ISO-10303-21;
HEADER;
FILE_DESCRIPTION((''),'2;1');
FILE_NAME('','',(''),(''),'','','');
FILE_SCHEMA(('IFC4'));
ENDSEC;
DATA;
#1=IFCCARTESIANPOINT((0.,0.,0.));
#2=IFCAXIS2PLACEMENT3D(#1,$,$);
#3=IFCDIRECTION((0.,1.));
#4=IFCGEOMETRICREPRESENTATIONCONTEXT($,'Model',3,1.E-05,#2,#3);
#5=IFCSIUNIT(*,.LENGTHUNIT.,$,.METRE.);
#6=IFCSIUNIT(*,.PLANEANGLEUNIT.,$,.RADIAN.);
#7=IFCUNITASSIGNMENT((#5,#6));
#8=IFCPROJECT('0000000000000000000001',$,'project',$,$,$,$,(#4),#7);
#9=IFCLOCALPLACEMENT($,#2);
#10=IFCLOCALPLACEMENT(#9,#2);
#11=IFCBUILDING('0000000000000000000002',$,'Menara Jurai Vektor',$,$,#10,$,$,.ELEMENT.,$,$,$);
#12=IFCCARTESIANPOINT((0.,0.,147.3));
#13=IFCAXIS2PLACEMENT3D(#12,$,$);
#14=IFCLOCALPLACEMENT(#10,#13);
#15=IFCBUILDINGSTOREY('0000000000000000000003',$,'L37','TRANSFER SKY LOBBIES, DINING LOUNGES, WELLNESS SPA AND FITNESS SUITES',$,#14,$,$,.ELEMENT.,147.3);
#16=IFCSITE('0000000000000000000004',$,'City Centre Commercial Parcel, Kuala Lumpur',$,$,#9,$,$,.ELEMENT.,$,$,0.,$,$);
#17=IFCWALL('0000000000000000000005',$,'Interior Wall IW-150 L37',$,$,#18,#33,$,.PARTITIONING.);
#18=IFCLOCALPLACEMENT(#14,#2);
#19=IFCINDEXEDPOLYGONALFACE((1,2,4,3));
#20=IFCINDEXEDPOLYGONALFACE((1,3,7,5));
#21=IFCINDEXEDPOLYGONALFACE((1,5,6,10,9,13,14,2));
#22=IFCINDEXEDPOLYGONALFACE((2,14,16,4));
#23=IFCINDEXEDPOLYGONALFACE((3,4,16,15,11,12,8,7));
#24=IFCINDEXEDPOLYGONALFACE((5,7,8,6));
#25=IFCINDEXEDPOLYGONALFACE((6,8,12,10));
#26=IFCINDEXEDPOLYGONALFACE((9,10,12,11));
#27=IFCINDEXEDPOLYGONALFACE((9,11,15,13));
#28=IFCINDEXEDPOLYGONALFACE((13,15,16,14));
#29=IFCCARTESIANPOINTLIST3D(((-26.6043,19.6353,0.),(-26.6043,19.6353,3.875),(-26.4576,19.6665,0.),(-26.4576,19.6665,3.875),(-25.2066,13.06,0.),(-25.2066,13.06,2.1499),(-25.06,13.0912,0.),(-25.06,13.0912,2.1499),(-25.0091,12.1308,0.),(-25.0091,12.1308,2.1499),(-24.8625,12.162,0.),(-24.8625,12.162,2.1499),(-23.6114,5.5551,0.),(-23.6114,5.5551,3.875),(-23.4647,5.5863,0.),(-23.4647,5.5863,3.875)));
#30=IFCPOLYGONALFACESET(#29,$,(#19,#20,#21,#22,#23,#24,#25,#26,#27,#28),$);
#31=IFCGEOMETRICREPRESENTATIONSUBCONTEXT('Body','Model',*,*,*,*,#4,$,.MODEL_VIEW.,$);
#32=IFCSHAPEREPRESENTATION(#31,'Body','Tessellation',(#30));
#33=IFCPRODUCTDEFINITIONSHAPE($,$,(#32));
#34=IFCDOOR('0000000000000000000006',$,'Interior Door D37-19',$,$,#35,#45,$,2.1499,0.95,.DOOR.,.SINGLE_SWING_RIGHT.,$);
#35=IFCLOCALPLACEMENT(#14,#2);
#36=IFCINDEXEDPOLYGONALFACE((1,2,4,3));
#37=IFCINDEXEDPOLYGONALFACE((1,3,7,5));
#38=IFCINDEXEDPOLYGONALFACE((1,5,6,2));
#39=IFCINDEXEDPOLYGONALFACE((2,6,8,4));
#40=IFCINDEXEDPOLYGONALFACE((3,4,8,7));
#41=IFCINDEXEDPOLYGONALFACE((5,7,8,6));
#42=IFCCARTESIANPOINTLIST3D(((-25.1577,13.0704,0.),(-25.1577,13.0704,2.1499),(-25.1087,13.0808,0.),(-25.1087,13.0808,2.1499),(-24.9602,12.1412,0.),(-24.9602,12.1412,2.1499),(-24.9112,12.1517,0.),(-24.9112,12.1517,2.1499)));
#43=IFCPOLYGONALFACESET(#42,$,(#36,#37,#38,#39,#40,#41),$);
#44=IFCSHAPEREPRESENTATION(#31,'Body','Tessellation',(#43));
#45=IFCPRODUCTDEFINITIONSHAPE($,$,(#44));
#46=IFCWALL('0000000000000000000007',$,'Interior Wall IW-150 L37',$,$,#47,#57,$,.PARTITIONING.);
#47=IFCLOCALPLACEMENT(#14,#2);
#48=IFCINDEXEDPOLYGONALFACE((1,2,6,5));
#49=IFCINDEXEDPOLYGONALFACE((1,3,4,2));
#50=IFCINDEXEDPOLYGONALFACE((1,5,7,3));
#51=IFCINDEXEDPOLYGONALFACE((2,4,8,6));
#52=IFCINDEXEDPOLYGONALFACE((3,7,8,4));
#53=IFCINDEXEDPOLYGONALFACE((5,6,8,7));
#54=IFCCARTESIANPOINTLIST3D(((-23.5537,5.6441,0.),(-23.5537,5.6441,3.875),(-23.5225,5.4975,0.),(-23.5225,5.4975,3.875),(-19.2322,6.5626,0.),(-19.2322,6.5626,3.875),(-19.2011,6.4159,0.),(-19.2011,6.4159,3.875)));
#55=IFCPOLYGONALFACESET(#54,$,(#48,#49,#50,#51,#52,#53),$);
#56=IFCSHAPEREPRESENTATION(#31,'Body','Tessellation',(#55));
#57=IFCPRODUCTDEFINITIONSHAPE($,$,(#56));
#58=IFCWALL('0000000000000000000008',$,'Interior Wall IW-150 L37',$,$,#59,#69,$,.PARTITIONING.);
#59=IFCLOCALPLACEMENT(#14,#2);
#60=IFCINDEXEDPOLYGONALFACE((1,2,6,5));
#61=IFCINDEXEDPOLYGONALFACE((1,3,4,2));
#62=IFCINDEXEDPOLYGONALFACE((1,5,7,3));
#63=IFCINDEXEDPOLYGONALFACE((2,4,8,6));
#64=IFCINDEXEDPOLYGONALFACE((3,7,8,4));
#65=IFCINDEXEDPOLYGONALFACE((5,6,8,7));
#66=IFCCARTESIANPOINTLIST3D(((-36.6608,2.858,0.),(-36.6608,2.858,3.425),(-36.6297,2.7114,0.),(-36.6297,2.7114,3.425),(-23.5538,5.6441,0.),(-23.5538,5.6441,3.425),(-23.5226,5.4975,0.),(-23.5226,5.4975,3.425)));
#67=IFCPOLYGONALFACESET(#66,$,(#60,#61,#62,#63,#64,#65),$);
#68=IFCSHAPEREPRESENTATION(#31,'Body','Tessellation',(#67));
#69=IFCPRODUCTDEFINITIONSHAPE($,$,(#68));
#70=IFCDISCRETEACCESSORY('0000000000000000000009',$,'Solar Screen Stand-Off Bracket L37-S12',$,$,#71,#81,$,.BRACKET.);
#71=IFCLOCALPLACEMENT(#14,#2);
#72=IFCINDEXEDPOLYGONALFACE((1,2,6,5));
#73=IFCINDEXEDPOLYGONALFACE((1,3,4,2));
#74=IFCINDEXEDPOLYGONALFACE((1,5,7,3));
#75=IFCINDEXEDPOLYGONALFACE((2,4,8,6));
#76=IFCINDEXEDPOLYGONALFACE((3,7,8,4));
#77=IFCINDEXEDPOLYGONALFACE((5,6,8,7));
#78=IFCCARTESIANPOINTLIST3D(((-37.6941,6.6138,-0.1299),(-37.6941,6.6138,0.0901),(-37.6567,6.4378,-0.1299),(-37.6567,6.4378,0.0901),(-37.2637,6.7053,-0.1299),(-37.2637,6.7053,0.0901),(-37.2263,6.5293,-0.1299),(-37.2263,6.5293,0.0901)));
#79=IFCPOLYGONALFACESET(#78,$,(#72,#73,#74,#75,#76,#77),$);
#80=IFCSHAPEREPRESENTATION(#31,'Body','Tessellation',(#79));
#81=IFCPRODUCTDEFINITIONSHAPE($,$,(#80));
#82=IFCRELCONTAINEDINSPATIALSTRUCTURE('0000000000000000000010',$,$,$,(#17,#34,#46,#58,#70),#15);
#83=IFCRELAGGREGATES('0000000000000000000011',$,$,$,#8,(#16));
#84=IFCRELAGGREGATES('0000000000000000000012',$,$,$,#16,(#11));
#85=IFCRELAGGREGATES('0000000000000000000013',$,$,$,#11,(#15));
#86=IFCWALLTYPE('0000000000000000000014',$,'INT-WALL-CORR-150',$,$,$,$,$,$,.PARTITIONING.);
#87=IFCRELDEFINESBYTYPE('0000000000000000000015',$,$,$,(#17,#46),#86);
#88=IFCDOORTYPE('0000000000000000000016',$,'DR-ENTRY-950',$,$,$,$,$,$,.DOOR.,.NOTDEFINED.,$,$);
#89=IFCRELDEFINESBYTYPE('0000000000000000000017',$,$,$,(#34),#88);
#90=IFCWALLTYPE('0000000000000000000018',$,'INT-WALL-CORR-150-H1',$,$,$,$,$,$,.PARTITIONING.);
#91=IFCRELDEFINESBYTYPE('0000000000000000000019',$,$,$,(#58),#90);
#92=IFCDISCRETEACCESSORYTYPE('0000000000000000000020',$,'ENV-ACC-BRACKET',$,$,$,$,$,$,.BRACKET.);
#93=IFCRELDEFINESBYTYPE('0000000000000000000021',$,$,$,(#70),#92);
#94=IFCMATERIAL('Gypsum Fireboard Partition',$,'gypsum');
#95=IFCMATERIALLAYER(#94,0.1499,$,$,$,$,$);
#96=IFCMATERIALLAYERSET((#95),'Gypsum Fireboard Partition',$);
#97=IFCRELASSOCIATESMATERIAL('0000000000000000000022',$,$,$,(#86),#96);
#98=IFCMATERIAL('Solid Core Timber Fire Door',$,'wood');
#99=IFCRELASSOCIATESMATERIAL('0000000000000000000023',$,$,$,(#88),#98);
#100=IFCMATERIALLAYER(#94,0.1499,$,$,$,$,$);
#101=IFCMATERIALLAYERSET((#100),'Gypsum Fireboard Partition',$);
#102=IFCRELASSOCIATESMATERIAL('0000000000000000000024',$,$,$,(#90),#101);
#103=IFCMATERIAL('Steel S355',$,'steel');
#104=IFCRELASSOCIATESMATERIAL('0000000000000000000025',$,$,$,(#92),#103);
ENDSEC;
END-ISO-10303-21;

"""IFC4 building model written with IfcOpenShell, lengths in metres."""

from ifc_helpers import new_model, si_unit, direction, frame, frame_2d, origin, origin_2d, place, context, subcontext, project, spatial, rectangle, extrude, material, layer, layer_set, type_object, element, fill, save


model = new_model("IFC4")

# Units and contexts
model_context = context("Model", 3, precision=1e-05, world=origin(), true_north=direction((0.0, 1.0)))
body_context = subcontext(model_context, "Body", "Model", "MODEL_VIEW")
ifc_project = project(units=[si_unit("LENGTHUNIT", "METRE"), si_unit("PLANEANGLEUNIT", "RADIAN")], contexts=[model_context])

# Site, building, storey
site_placement = place(None, origin())
site = spatial("IfcSite", under=ifc_project, at=site_placement, Name="City Centre Commercial Parcel, Kuala Lumpur", CompositionType="ELEMENT", RefElevation=0.0)
building_placement = place(site_placement, origin())
building = spatial("IfcBuilding", under=site, at=building_placement, Name="Menara Jurai Vektor", CompositionType="ELEMENT")
storey_placement = place(building_placement, frame((0.0, 0.0, 147.3)))
storey = spatial("IfcBuildingStorey", under=building, at=storey_placement, Name="L37", Description="TRANSFER SKY LOBBIES, DINING LOUNGES, WELLNESS SPA AND FITNESS SUITES", CompositionType="ELEMENT", Elevation=147.3)

# Shared definitions
ifc_material_1 = material(Name="Steel S355", Category="steel")

# Wall, opening, door
ifc_material_2 = material(Name="Gypsum Fireboard Partition", Category="gypsum")
ifc_layer_1 = layer(ifc_material_2, 0.1499)
ifc_layer_set_1 = layer_set([ifc_layer_1], Name="Gypsum Fireboard Partition")
wall_type_1 = type_object("IfcWallType", Name="INT-WALL-CORR-150", PredefinedType="PARTITIONING", material=ifc_layer_set_1)
wall_1_placement = place(storey_placement, frame((-23.5381, 5.5708, 0.0), z_axis=(0.0, 0.0, 1.0), x_axis=(-0.207915, 0.978147, 0.0)))
wall_1 = element("IfcWall", 1, at=wall_1_placement, inside=storey, type_object=wall_type_1, Name="Interior Wall IW-150 L37", PredefinedType="PARTITIONING", context=body_context, shape_type="SweptSolid", body=[
    extrude(rectangle(XDim=14.3948, YDim=0.1499, at=frame_2d((7.1973, 0.0))), origin(), (0.0, 0.0, 1.0), 3.875),
])
opening_placement = place(wall_1_placement, frame((6.7224, 0.0, 0.0)))
opening = element("IfcOpeningElement", 2, at=opening_placement, cuts=wall_1, PredefinedType="OPENING", context=body_context, shape_type="SweptSolid", body=[
    extrude(rectangle(XDim=0.95, YDim=2.1499, at=frame_2d((0.4751, 1.075))), frame((0.0, 0.085, 0.0), z_axis=(0.0, -1.0, 0.0), x_axis=(1.0, 0.0, 0.0)), (0.0, 0.0, 1.0), 0.1699),
])
ifc_material_3 = material(Name="Solid Core Timber Fire Door", Category="wood")
door_type = type_object("IfcDoorType", Name="DR-ENTRY-950", OperationType="NOTDEFINED", PredefinedType="DOOR", material=ifc_material_3)
door_placement = place(opening_placement, origin())
door = element("IfcDoor", 3, at=door_placement, inside=storey, type_object=door_type, Name="Interior Door D37-19", OperationType="SINGLE_SWING_RIGHT", OverallHeight=2.1499, OverallWidth=0.95, PredefinedType="DOOR", context=body_context, shape_type="SweptSolid", body=[
    extrude(rectangle(XDim=0.95, YDim=2.1499, at=frame_2d((0.4751, 1.075))), frame((0.0, 0.0249, 0.0), z_axis=(0.0, -1.0, 0.0), x_axis=(1.0, 0.0, 0.0)), (0.0, 0.0, 1.0), 0.05),
])
fill(opening, door)

# Walls
wall_2_placement = place(storey_placement, frame((-23.5381, 5.5708, 0.0), z_axis=(0.0, 0.0, 1.0), x_axis=(0.978153, 0.207887, 0.0)))
element("IfcWall", 4, at=wall_2_placement, inside=storey, type_object=wall_type_1, Name="Interior Wall IW-150 L37", PredefinedType="PARTITIONING", context=body_context, shape_type="SweptSolid", body=[
    extrude(rectangle(XDim=4.418, YDim=0.1499, at=frame_2d((2.209, 0.0))), origin(), (0.0, 0.0, 1.0), 3.875),
])
ifc_layer_2 = layer(ifc_material_2, 0.1499)
ifc_layer_set_2 = layer_set([ifc_layer_2], Name="Gypsum Fireboard Partition")
wall_type_2 = type_object("IfcWallType", Name="INT-WALL-CORR-150-H1", PredefinedType="PARTITIONING", material=ifc_layer_set_2)
wall_3_placement = place(storey_placement, frame((-36.6453, 2.7847, 0.0), z_axis=(0.0, 0.0, 1.0), x_axis=(0.978146, 0.20792, 0.0)))
element("IfcWall", 5, at=wall_3_placement, inside=storey, type_object=wall_type_2, Name="Interior Wall IW-150 L37", PredefinedType="PARTITIONING", context=body_context, shape_type="SweptSolid", body=[
    extrude(rectangle(XDim=13.3999, YDim=0.1499, at=frame_2d((6.7, 0.0))), origin(), (0.0, 0.0, 1.0), 3.425),
])

# Discrete accessory
discrete_accessory_type = type_object("IfcDiscreteAccessoryType", Name="ENV-ACC-BRACKET", PredefinedType="BRACKET", material=ifc_material_1)
discrete_accessory_placement = place(storey_placement, frame((-37.4602, 6.5715, -0.1299), z_axis=(0.0, 0.0, 1.0), x_axis=(0.207912, -0.978148, 0.0)))
element("IfcDiscreteAccessory", 6, at=discrete_accessory_placement, inside=storey, type_object=discrete_accessory_type, Name="Solar Screen Stand-Off Bracket L37-S12", PredefinedType="BRACKET", context=body_context, shape_type="SweptSolid", body=[
    extrude(rectangle(XDim=0.1799, YDim=0.4399, at=origin_2d()), origin(), (0.0, 0.0, 1.0), 0.22),
])

save(model, "model.ifc")
